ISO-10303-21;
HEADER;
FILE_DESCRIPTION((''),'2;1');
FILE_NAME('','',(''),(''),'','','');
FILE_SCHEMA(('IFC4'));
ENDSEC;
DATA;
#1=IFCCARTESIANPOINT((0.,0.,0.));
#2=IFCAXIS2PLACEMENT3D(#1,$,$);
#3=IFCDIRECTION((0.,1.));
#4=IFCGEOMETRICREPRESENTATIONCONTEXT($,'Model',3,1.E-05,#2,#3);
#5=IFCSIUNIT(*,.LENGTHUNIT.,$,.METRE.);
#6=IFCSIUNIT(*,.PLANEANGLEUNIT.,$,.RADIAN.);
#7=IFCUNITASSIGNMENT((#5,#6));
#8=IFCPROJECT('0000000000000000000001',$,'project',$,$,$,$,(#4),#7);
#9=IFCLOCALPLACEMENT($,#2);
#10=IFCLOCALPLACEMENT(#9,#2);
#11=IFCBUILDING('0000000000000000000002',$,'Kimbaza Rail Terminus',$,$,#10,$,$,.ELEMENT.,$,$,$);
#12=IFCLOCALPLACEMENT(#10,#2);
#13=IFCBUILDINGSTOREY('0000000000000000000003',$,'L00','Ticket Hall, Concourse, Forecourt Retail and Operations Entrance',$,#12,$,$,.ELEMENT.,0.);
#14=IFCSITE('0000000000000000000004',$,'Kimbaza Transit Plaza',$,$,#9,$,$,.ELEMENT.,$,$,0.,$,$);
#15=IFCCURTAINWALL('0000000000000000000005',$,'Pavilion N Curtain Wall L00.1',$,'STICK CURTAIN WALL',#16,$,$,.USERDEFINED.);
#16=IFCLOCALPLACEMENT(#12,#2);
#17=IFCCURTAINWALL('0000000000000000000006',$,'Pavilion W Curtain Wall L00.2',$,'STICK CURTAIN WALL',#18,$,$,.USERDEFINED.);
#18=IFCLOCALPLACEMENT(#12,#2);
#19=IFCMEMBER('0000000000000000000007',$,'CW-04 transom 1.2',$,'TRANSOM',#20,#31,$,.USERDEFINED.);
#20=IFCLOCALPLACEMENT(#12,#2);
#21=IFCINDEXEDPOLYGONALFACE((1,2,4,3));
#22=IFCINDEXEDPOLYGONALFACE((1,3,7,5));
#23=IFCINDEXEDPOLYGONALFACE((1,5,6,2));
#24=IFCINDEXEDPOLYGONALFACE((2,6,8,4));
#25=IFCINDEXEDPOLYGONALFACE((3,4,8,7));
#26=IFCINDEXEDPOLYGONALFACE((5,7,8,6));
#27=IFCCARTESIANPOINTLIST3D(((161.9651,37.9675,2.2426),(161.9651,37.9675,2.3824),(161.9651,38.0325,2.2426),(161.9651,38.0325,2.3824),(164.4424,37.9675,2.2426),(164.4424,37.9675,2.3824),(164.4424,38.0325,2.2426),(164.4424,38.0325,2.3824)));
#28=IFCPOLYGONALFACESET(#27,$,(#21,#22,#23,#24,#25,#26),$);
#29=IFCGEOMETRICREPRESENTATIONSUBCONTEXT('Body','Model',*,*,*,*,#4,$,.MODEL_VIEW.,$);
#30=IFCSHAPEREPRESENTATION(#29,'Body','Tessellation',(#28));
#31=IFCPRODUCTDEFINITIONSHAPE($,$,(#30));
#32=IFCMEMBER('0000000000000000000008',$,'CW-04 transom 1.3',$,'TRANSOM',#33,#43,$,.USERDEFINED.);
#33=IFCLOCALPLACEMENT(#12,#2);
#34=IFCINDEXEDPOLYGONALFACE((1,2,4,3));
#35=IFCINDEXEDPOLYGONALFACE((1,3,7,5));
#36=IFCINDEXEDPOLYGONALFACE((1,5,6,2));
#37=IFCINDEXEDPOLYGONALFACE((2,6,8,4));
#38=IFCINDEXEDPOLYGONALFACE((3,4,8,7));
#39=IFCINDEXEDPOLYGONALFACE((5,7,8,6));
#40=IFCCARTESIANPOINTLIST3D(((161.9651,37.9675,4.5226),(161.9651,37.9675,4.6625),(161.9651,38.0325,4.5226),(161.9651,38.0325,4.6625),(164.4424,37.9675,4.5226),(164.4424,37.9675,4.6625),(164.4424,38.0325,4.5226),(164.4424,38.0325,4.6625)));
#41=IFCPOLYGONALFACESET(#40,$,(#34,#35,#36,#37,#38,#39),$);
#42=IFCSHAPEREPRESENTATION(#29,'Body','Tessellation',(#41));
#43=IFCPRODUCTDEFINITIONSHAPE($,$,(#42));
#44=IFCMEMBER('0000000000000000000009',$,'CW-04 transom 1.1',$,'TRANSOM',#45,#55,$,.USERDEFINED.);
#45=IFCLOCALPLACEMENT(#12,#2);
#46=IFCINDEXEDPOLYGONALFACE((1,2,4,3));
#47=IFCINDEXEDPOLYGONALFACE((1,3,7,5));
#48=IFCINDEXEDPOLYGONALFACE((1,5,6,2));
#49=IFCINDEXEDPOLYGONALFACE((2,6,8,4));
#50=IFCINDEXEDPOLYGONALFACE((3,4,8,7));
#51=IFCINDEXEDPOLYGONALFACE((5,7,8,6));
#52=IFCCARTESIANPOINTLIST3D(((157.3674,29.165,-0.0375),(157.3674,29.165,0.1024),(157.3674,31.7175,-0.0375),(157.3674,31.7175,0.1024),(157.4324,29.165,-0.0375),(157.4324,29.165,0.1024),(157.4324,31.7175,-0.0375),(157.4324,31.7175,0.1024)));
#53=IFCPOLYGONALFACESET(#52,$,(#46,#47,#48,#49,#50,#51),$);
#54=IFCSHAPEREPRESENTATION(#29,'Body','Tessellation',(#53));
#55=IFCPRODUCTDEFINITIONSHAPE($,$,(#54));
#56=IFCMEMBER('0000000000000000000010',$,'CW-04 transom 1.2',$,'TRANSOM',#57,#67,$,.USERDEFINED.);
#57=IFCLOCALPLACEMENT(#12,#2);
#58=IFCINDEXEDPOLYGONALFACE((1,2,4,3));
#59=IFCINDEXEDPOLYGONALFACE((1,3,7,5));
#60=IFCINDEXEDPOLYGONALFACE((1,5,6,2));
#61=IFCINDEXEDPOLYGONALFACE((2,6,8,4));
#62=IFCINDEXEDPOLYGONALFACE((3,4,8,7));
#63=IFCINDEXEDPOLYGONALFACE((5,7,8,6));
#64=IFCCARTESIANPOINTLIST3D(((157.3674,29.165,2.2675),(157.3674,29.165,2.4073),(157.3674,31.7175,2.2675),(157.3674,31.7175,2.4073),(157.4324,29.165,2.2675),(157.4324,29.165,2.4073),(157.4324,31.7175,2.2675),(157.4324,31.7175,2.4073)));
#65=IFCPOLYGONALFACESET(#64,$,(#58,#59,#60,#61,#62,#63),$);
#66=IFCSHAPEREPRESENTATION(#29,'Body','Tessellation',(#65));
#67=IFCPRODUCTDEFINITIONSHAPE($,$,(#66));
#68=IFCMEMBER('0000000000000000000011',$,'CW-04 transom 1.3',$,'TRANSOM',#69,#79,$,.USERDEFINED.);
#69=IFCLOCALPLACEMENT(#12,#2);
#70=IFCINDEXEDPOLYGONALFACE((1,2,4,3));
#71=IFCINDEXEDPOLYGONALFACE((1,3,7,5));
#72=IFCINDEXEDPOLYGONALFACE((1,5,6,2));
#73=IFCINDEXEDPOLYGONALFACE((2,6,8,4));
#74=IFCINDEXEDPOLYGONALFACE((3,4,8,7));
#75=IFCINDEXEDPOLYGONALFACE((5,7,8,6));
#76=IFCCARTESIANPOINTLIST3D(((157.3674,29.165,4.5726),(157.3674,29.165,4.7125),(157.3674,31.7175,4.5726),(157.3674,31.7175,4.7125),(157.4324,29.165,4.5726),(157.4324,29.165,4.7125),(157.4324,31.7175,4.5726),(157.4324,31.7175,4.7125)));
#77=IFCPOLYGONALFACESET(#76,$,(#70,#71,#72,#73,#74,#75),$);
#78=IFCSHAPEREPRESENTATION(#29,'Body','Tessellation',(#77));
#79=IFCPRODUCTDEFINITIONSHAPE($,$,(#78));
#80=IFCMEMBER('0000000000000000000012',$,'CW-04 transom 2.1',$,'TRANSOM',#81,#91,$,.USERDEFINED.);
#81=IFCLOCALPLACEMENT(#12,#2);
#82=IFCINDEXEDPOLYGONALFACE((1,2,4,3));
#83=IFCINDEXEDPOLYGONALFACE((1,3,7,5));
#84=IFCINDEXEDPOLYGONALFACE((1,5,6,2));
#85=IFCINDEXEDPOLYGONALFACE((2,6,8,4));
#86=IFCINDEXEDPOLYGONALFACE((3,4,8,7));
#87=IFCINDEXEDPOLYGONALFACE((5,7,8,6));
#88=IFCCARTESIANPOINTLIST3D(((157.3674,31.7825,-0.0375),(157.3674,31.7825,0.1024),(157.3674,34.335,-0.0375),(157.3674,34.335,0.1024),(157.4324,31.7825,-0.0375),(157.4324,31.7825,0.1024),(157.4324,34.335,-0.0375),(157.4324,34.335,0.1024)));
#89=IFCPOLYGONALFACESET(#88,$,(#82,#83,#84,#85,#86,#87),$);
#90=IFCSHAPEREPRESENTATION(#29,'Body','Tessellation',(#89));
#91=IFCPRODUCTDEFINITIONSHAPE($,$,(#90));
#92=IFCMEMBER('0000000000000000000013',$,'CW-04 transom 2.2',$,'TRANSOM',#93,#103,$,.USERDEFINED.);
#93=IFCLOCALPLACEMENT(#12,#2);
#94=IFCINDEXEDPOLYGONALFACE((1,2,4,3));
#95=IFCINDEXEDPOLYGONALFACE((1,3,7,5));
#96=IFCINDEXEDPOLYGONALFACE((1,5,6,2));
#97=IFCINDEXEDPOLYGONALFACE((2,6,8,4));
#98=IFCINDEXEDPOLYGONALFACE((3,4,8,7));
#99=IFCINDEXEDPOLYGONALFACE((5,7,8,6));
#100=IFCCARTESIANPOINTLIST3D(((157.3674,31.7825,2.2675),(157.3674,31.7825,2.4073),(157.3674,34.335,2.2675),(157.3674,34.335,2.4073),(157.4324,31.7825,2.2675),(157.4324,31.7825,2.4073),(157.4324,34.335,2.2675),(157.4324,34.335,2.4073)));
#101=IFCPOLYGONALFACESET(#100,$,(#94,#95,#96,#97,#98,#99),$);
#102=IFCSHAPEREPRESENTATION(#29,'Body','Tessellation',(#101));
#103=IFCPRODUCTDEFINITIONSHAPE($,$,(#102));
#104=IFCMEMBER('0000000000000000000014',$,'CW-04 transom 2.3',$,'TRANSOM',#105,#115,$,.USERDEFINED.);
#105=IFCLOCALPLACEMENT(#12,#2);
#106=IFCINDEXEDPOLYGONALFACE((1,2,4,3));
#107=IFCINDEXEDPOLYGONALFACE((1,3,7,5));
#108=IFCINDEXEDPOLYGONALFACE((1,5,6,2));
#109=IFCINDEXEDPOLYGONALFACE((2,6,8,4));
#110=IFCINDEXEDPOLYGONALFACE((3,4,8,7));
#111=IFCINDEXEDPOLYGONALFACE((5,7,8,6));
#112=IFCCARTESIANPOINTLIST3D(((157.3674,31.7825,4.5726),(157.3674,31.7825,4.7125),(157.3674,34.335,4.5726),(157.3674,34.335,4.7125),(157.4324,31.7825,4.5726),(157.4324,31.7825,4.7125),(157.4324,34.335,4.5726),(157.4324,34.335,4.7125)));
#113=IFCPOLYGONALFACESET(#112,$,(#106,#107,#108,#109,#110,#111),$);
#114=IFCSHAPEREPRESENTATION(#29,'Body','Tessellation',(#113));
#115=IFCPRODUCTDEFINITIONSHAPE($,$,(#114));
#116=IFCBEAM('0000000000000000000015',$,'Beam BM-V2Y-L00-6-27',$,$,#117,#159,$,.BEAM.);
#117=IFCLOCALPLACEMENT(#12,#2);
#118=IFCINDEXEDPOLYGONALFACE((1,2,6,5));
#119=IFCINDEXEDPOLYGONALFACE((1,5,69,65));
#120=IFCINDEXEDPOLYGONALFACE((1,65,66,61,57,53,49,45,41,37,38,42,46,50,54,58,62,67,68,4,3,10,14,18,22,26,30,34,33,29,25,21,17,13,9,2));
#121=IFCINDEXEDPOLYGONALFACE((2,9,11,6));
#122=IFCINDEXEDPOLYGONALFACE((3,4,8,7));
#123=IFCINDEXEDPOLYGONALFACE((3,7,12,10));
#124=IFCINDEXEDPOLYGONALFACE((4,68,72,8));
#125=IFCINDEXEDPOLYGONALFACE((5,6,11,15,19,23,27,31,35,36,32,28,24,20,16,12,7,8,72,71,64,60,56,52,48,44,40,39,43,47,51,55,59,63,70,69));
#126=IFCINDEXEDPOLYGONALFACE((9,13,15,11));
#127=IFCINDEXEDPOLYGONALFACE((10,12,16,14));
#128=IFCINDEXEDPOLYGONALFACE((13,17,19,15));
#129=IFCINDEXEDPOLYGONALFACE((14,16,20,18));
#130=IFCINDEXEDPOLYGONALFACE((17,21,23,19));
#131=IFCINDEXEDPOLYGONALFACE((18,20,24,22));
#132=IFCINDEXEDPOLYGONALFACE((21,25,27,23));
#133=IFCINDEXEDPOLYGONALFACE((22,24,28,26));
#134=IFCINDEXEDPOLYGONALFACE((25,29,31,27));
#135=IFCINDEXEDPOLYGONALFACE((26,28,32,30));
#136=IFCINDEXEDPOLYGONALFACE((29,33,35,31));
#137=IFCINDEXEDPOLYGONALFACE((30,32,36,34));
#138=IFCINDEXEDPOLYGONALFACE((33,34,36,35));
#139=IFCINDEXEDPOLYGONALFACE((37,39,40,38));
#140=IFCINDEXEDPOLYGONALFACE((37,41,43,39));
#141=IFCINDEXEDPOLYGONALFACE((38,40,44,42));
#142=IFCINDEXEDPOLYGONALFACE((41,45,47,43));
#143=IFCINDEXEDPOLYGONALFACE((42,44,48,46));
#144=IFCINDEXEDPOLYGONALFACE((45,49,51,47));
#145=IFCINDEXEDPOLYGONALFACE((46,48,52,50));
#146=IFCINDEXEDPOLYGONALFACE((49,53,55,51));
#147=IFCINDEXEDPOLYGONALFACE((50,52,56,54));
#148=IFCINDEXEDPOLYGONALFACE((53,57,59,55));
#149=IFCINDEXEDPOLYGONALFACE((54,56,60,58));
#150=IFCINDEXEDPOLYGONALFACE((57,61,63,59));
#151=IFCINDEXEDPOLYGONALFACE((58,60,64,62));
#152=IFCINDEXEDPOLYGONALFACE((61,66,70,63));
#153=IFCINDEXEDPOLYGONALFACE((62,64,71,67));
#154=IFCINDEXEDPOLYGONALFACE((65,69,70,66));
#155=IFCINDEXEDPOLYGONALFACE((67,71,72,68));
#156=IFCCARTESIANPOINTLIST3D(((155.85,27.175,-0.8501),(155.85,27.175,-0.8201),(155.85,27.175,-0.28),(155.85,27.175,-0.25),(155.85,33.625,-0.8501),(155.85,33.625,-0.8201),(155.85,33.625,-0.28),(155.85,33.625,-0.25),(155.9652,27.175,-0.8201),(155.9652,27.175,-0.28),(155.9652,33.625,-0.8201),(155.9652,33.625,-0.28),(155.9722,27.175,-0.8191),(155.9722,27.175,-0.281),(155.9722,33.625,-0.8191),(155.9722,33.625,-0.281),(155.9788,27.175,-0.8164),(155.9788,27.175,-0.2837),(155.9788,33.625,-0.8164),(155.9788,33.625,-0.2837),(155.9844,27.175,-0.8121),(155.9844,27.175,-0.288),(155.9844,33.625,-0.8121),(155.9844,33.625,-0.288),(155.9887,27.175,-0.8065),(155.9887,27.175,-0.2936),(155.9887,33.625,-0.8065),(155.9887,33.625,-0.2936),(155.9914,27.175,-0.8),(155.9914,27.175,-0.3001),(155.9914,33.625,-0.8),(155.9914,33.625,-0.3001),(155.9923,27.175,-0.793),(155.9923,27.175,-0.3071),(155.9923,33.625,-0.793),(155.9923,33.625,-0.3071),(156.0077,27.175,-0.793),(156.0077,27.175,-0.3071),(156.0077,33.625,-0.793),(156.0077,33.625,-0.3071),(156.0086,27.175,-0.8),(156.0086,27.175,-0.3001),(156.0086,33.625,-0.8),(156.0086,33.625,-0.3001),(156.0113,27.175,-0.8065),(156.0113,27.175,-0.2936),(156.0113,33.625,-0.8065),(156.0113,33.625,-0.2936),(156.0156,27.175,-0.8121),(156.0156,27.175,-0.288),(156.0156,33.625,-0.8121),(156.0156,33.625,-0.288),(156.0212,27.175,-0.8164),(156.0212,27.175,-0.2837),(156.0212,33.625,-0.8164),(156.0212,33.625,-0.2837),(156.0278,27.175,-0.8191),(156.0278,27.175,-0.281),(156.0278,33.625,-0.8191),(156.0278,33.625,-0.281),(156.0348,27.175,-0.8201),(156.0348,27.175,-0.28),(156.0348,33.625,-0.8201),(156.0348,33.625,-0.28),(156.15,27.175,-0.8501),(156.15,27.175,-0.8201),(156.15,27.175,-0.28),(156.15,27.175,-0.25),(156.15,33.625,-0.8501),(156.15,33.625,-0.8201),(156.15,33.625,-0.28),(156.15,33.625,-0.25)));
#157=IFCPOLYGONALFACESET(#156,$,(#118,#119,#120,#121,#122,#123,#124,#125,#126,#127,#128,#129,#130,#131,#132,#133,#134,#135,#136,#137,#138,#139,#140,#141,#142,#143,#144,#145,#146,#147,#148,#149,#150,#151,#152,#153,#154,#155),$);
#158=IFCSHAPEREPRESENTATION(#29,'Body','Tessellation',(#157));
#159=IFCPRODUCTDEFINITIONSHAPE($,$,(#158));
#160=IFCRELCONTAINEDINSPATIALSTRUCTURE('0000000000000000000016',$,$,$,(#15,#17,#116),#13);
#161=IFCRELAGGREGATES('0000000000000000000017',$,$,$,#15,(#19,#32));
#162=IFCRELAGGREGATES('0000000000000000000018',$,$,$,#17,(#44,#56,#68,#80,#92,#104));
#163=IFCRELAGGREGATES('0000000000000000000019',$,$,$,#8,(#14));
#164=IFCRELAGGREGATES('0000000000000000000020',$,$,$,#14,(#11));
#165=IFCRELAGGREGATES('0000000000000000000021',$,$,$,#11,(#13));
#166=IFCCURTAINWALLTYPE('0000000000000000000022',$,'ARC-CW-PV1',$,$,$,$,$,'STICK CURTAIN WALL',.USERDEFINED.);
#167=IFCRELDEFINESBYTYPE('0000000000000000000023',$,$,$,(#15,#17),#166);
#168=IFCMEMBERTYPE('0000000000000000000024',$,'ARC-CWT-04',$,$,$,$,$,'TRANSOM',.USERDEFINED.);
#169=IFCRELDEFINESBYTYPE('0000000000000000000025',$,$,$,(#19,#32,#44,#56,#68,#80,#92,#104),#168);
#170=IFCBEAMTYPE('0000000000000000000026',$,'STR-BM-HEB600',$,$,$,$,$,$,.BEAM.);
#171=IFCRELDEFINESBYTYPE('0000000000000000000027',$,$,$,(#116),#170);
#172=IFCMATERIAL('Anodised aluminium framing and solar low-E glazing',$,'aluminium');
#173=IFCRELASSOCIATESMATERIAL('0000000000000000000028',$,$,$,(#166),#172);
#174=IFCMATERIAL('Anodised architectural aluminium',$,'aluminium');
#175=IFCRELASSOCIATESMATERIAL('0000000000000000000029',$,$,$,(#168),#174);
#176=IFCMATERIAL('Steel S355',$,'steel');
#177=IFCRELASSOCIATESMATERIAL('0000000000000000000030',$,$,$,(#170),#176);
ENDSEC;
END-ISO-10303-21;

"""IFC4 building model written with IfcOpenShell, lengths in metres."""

from ifc_helpers import new_model, si_unit, direction, frame, origin, origin_2d, place, context, subcontext, project, spatial, rectangle, i_section, extrude, material, material_profile, profile_set, type_object, element, aggregate, save


model = new_model("IFC4")

# Units and contexts
model_context = context("Model", 3, precision=1e-05, world=origin(), true_north=direction((0.0, 1.0)))
body_context = subcontext(model_context, "Body", "Model", "MODEL_VIEW")
ifc_project = project(units=[si_unit("LENGTHUNIT", "METRE"), si_unit("PLANEANGLEUNIT", "RADIAN")], contexts=[model_context])

# Site, building, storey
site_placement = place(None, origin())
site = spatial("IfcSite", under=ifc_project, at=site_placement, Name="Kimbaza Transit Plaza", CompositionType="ELEMENT", RefElevation=0.0)
building_placement = place(site_placement, origin())
building = spatial("IfcBuilding", under=site, at=building_placement, Name="Kimbaza Rail Terminus", CompositionType="ELEMENT")
storey_placement = place(building_placement, origin())
storey = spatial("IfcBuildingStorey", under=building, at=storey_placement, Name="L00", Description="Ticket Hall, Concourse, Forecourt Retail and Operations Entrance", CompositionType="ELEMENT", Elevation=0.0)

# Curtain walls
ifc_material_1 = material(Name="Anodised aluminium framing and solar low-E glazing", Category="aluminium")
curtain_wall_type = type_object("IfcCurtainWallType", Name="ARC-CW-PV1", ElementType="STICK CURTAIN WALL", PredefinedType="USERDEFINED", material=ifc_material_1)
curtain_wall_1_placement = place(storey_placement, origin())
curtain_wall_1 = element("IfcCurtainWall", 1, at=curtain_wall_1_placement, inside=storey, type_object=curtain_wall_type, Name="Pavilion N Curtain Wall L00.1", ObjectType="STICK CURTAIN WALL", PredefinedType="USERDEFINED")
curtain_wall_2_placement = place(storey_placement, origin())
curtain_wall_2 = element("IfcCurtainWall", 2, at=curtain_wall_2_placement, inside=storey, type_object=curtain_wall_type, Name="Pavilion W Curtain Wall L00.2", ObjectType="STICK CURTAIN WALL", PredefinedType="USERDEFINED")

# Members
ifc_material_2 = material(Name="Anodised architectural aluminium", Category="aluminium")
ifc_material_profile_1 = material_profile(ifc_material_2, rectangle(XDim=0.0649, YDim=0.1399, at=origin_2d()), Name="TRANSOM 65x140")
ifc_profile_set_1 = profile_set([ifc_material_profile_1], Name="Anodised architectural aluminium")
member_type_1 = type_object("IfcMemberType", Name="ARC-CWT-04", ElementType="TRANSOM", PredefinedType="USERDEFINED", material=ifc_profile_set_1)
member_1_placement = place(storey_placement, frame((161.9651, 38.0, 2.3125), z_axis=(1.0, 0.0, 0.0), x_axis=(0.0, 1.0, 0.0)))
member_1 = element("IfcMember", 3, at=member_1_placement, type_object=member_type_1, Name="CW-04 transom 1.2", ObjectType="TRANSOM", PredefinedType="USERDEFINED", context=body_context, shape_type="SweptSolid", body=[
    extrude(rectangle(XDim=0.0649, YDim=0.1399, at=origin_2d()), origin(), (0.0, 0.0, 1.0), 2.4773),
])
member_2_placement = place(storey_placement, frame((161.9651, 38.0, 4.5925), z_axis=(1.0, 0.0, 0.0), x_axis=(0.0, 1.0, 0.0)))
member_2 = element("IfcMember", 4, at=member_2_placement, type_object=member_type_1, Name="CW-04 transom 1.3", ObjectType="TRANSOM", PredefinedType="USERDEFINED", context=body_context, shape_type="SweptSolid", body=[
    extrude(rectangle(XDim=0.0649, YDim=0.1399, at=origin_2d()), origin(), (0.0, 0.0, 1.0), 2.4773),
])
member_3_placement = place(storey_placement, frame((157.3999, 29.165, 0.0325), z_axis=(0.0, 1.0, 0.0), x_axis=(-1.0, 0.0, 0.0)))
member_3 = element("IfcMember", 5, at=member_3_placement, type_object=member_type_1, Name="CW-04 transom 1.1", ObjectType="TRANSOM", PredefinedType="USERDEFINED", context=body_context, shape_type="SweptSolid", body=[
    extrude(rectangle(XDim=0.0649, YDim=0.1399, at=origin_2d()), origin(), (0.0, 0.0, 1.0), 2.5525),
])
member_4_placement = place(storey_placement, frame((157.3999, 29.165, 2.3374), z_axis=(0.0, 1.0, 0.0), x_axis=(-1.0, 0.0, 0.0)))
member_4 = element("IfcMember", 6, at=member_4_placement, type_object=member_type_1, Name="CW-04 transom 1.2", ObjectType="TRANSOM", PredefinedType="USERDEFINED", context=body_context, shape_type="SweptSolid", body=[
    extrude(rectangle(XDim=0.0649, YDim=0.1399, at=origin_2d()), origin(), (0.0, 0.0, 1.0), 2.5525),
])
member_5_placement = place(storey_placement, frame((157.3999, 29.165, 4.6426), z_axis=(0.0, 1.0, 0.0), x_axis=(-1.0, 0.0, 0.0)))
member_5 = element("IfcMember", 7, at=member_5_placement, type_object=member_type_1, Name="CW-04 transom 1.3", ObjectType="TRANSOM", PredefinedType="USERDEFINED", context=body_context, shape_type="SweptSolid", body=[
    extrude(rectangle(XDim=0.0649, YDim=0.1399, at=origin_2d()), origin(), (0.0, 0.0, 1.0), 2.5525),
])
member_6_placement = place(storey_placement, frame((157.3999, 31.7825, 0.0325), z_axis=(0.0, 1.0, 0.0), x_axis=(-1.0, 0.0, 0.0)))
member_6 = element("IfcMember", 8, at=member_6_placement, type_object=member_type_1, Name="CW-04 transom 2.1", ObjectType="TRANSOM", PredefinedType="USERDEFINED", context=body_context, shape_type="SweptSolid", body=[
    extrude(rectangle(XDim=0.0649, YDim=0.1399, at=origin_2d()), origin(), (0.0, 0.0, 1.0), 2.5525),
])
member_7_placement = place(storey_placement, frame((157.3999, 31.7825, 2.3374), z_axis=(0.0, 1.0, 0.0), x_axis=(-1.0, 0.0, 0.0)))
member_7 = element("IfcMember", 9, at=member_7_placement, type_object=member_type_1, Name="CW-04 transom 2.2", ObjectType="TRANSOM", PredefinedType="USERDEFINED", context=body_context, shape_type="SweptSolid", body=[
    extrude(rectangle(XDim=0.0649, YDim=0.1399, at=origin_2d()), origin(), (0.0, 0.0, 1.0), 2.5525),
])
member_8_placement = place(storey_placement, frame((157.3999, 31.7825, 4.6426), z_axis=(0.0, 1.0, 0.0), x_axis=(-1.0, 0.0, 0.0)))
member_8 = element("IfcMember", 10, at=member_8_placement, type_object=member_type_1, Name="CW-04 transom 2.3", ObjectType="TRANSOM", PredefinedType="USERDEFINED", context=body_context, shape_type="SweptSolid", body=[
    extrude(rectangle(XDim=0.0649, YDim=0.1399, at=origin_2d()), origin(), (0.0, 0.0, 1.0), 2.5525),
])

# Beam
ifc_material_3 = material(Name="Steel S355", Category="steel")
ifc_material_profile_2 = material_profile(ifc_material_3, i_section(OverallWidth=0.3, OverallDepth=0.6001, WebThickness=0.0154, FlangeThickness=0.03, FilletRadius=0.0271, at=origin_2d()), Name="HEB 600")
ifc_profile_set_2 = profile_set([ifc_material_profile_2], Name="Steel S355")
beam_type = type_object("IfcBeamType", Name="STR-BM-HEB600", PredefinedType="BEAM", material=ifc_profile_set_2)
beam_1_placement = place(storey_placement, frame((156.0, 27.175, -0.55), z_axis=(0.0, 1.0, 0.0), x_axis=(-1.0, 0.0, 0.0)))
element("IfcBeam", 11, at=beam_1_placement, inside=storey, type_object=beam_type, Name="Beam BM-V2Y-L00-6-27", PredefinedType="BEAM", context=body_context, shape_type="SweptSolid", body=[
    extrude(i_section(OverallWidth=0.3, OverallDepth=0.6001, WebThickness=0.0154, FlangeThickness=0.03, FilletRadius=0.0271, at=origin_2d()), origin(), (0.0, 0.0, 1.0), 6.45),
])

aggregate(curtain_wall_1, [member_1, member_2])
aggregate(curtain_wall_2, [member_3, member_4, member_5, member_6, member_7, member_8])

save(model, "model.ifc")
